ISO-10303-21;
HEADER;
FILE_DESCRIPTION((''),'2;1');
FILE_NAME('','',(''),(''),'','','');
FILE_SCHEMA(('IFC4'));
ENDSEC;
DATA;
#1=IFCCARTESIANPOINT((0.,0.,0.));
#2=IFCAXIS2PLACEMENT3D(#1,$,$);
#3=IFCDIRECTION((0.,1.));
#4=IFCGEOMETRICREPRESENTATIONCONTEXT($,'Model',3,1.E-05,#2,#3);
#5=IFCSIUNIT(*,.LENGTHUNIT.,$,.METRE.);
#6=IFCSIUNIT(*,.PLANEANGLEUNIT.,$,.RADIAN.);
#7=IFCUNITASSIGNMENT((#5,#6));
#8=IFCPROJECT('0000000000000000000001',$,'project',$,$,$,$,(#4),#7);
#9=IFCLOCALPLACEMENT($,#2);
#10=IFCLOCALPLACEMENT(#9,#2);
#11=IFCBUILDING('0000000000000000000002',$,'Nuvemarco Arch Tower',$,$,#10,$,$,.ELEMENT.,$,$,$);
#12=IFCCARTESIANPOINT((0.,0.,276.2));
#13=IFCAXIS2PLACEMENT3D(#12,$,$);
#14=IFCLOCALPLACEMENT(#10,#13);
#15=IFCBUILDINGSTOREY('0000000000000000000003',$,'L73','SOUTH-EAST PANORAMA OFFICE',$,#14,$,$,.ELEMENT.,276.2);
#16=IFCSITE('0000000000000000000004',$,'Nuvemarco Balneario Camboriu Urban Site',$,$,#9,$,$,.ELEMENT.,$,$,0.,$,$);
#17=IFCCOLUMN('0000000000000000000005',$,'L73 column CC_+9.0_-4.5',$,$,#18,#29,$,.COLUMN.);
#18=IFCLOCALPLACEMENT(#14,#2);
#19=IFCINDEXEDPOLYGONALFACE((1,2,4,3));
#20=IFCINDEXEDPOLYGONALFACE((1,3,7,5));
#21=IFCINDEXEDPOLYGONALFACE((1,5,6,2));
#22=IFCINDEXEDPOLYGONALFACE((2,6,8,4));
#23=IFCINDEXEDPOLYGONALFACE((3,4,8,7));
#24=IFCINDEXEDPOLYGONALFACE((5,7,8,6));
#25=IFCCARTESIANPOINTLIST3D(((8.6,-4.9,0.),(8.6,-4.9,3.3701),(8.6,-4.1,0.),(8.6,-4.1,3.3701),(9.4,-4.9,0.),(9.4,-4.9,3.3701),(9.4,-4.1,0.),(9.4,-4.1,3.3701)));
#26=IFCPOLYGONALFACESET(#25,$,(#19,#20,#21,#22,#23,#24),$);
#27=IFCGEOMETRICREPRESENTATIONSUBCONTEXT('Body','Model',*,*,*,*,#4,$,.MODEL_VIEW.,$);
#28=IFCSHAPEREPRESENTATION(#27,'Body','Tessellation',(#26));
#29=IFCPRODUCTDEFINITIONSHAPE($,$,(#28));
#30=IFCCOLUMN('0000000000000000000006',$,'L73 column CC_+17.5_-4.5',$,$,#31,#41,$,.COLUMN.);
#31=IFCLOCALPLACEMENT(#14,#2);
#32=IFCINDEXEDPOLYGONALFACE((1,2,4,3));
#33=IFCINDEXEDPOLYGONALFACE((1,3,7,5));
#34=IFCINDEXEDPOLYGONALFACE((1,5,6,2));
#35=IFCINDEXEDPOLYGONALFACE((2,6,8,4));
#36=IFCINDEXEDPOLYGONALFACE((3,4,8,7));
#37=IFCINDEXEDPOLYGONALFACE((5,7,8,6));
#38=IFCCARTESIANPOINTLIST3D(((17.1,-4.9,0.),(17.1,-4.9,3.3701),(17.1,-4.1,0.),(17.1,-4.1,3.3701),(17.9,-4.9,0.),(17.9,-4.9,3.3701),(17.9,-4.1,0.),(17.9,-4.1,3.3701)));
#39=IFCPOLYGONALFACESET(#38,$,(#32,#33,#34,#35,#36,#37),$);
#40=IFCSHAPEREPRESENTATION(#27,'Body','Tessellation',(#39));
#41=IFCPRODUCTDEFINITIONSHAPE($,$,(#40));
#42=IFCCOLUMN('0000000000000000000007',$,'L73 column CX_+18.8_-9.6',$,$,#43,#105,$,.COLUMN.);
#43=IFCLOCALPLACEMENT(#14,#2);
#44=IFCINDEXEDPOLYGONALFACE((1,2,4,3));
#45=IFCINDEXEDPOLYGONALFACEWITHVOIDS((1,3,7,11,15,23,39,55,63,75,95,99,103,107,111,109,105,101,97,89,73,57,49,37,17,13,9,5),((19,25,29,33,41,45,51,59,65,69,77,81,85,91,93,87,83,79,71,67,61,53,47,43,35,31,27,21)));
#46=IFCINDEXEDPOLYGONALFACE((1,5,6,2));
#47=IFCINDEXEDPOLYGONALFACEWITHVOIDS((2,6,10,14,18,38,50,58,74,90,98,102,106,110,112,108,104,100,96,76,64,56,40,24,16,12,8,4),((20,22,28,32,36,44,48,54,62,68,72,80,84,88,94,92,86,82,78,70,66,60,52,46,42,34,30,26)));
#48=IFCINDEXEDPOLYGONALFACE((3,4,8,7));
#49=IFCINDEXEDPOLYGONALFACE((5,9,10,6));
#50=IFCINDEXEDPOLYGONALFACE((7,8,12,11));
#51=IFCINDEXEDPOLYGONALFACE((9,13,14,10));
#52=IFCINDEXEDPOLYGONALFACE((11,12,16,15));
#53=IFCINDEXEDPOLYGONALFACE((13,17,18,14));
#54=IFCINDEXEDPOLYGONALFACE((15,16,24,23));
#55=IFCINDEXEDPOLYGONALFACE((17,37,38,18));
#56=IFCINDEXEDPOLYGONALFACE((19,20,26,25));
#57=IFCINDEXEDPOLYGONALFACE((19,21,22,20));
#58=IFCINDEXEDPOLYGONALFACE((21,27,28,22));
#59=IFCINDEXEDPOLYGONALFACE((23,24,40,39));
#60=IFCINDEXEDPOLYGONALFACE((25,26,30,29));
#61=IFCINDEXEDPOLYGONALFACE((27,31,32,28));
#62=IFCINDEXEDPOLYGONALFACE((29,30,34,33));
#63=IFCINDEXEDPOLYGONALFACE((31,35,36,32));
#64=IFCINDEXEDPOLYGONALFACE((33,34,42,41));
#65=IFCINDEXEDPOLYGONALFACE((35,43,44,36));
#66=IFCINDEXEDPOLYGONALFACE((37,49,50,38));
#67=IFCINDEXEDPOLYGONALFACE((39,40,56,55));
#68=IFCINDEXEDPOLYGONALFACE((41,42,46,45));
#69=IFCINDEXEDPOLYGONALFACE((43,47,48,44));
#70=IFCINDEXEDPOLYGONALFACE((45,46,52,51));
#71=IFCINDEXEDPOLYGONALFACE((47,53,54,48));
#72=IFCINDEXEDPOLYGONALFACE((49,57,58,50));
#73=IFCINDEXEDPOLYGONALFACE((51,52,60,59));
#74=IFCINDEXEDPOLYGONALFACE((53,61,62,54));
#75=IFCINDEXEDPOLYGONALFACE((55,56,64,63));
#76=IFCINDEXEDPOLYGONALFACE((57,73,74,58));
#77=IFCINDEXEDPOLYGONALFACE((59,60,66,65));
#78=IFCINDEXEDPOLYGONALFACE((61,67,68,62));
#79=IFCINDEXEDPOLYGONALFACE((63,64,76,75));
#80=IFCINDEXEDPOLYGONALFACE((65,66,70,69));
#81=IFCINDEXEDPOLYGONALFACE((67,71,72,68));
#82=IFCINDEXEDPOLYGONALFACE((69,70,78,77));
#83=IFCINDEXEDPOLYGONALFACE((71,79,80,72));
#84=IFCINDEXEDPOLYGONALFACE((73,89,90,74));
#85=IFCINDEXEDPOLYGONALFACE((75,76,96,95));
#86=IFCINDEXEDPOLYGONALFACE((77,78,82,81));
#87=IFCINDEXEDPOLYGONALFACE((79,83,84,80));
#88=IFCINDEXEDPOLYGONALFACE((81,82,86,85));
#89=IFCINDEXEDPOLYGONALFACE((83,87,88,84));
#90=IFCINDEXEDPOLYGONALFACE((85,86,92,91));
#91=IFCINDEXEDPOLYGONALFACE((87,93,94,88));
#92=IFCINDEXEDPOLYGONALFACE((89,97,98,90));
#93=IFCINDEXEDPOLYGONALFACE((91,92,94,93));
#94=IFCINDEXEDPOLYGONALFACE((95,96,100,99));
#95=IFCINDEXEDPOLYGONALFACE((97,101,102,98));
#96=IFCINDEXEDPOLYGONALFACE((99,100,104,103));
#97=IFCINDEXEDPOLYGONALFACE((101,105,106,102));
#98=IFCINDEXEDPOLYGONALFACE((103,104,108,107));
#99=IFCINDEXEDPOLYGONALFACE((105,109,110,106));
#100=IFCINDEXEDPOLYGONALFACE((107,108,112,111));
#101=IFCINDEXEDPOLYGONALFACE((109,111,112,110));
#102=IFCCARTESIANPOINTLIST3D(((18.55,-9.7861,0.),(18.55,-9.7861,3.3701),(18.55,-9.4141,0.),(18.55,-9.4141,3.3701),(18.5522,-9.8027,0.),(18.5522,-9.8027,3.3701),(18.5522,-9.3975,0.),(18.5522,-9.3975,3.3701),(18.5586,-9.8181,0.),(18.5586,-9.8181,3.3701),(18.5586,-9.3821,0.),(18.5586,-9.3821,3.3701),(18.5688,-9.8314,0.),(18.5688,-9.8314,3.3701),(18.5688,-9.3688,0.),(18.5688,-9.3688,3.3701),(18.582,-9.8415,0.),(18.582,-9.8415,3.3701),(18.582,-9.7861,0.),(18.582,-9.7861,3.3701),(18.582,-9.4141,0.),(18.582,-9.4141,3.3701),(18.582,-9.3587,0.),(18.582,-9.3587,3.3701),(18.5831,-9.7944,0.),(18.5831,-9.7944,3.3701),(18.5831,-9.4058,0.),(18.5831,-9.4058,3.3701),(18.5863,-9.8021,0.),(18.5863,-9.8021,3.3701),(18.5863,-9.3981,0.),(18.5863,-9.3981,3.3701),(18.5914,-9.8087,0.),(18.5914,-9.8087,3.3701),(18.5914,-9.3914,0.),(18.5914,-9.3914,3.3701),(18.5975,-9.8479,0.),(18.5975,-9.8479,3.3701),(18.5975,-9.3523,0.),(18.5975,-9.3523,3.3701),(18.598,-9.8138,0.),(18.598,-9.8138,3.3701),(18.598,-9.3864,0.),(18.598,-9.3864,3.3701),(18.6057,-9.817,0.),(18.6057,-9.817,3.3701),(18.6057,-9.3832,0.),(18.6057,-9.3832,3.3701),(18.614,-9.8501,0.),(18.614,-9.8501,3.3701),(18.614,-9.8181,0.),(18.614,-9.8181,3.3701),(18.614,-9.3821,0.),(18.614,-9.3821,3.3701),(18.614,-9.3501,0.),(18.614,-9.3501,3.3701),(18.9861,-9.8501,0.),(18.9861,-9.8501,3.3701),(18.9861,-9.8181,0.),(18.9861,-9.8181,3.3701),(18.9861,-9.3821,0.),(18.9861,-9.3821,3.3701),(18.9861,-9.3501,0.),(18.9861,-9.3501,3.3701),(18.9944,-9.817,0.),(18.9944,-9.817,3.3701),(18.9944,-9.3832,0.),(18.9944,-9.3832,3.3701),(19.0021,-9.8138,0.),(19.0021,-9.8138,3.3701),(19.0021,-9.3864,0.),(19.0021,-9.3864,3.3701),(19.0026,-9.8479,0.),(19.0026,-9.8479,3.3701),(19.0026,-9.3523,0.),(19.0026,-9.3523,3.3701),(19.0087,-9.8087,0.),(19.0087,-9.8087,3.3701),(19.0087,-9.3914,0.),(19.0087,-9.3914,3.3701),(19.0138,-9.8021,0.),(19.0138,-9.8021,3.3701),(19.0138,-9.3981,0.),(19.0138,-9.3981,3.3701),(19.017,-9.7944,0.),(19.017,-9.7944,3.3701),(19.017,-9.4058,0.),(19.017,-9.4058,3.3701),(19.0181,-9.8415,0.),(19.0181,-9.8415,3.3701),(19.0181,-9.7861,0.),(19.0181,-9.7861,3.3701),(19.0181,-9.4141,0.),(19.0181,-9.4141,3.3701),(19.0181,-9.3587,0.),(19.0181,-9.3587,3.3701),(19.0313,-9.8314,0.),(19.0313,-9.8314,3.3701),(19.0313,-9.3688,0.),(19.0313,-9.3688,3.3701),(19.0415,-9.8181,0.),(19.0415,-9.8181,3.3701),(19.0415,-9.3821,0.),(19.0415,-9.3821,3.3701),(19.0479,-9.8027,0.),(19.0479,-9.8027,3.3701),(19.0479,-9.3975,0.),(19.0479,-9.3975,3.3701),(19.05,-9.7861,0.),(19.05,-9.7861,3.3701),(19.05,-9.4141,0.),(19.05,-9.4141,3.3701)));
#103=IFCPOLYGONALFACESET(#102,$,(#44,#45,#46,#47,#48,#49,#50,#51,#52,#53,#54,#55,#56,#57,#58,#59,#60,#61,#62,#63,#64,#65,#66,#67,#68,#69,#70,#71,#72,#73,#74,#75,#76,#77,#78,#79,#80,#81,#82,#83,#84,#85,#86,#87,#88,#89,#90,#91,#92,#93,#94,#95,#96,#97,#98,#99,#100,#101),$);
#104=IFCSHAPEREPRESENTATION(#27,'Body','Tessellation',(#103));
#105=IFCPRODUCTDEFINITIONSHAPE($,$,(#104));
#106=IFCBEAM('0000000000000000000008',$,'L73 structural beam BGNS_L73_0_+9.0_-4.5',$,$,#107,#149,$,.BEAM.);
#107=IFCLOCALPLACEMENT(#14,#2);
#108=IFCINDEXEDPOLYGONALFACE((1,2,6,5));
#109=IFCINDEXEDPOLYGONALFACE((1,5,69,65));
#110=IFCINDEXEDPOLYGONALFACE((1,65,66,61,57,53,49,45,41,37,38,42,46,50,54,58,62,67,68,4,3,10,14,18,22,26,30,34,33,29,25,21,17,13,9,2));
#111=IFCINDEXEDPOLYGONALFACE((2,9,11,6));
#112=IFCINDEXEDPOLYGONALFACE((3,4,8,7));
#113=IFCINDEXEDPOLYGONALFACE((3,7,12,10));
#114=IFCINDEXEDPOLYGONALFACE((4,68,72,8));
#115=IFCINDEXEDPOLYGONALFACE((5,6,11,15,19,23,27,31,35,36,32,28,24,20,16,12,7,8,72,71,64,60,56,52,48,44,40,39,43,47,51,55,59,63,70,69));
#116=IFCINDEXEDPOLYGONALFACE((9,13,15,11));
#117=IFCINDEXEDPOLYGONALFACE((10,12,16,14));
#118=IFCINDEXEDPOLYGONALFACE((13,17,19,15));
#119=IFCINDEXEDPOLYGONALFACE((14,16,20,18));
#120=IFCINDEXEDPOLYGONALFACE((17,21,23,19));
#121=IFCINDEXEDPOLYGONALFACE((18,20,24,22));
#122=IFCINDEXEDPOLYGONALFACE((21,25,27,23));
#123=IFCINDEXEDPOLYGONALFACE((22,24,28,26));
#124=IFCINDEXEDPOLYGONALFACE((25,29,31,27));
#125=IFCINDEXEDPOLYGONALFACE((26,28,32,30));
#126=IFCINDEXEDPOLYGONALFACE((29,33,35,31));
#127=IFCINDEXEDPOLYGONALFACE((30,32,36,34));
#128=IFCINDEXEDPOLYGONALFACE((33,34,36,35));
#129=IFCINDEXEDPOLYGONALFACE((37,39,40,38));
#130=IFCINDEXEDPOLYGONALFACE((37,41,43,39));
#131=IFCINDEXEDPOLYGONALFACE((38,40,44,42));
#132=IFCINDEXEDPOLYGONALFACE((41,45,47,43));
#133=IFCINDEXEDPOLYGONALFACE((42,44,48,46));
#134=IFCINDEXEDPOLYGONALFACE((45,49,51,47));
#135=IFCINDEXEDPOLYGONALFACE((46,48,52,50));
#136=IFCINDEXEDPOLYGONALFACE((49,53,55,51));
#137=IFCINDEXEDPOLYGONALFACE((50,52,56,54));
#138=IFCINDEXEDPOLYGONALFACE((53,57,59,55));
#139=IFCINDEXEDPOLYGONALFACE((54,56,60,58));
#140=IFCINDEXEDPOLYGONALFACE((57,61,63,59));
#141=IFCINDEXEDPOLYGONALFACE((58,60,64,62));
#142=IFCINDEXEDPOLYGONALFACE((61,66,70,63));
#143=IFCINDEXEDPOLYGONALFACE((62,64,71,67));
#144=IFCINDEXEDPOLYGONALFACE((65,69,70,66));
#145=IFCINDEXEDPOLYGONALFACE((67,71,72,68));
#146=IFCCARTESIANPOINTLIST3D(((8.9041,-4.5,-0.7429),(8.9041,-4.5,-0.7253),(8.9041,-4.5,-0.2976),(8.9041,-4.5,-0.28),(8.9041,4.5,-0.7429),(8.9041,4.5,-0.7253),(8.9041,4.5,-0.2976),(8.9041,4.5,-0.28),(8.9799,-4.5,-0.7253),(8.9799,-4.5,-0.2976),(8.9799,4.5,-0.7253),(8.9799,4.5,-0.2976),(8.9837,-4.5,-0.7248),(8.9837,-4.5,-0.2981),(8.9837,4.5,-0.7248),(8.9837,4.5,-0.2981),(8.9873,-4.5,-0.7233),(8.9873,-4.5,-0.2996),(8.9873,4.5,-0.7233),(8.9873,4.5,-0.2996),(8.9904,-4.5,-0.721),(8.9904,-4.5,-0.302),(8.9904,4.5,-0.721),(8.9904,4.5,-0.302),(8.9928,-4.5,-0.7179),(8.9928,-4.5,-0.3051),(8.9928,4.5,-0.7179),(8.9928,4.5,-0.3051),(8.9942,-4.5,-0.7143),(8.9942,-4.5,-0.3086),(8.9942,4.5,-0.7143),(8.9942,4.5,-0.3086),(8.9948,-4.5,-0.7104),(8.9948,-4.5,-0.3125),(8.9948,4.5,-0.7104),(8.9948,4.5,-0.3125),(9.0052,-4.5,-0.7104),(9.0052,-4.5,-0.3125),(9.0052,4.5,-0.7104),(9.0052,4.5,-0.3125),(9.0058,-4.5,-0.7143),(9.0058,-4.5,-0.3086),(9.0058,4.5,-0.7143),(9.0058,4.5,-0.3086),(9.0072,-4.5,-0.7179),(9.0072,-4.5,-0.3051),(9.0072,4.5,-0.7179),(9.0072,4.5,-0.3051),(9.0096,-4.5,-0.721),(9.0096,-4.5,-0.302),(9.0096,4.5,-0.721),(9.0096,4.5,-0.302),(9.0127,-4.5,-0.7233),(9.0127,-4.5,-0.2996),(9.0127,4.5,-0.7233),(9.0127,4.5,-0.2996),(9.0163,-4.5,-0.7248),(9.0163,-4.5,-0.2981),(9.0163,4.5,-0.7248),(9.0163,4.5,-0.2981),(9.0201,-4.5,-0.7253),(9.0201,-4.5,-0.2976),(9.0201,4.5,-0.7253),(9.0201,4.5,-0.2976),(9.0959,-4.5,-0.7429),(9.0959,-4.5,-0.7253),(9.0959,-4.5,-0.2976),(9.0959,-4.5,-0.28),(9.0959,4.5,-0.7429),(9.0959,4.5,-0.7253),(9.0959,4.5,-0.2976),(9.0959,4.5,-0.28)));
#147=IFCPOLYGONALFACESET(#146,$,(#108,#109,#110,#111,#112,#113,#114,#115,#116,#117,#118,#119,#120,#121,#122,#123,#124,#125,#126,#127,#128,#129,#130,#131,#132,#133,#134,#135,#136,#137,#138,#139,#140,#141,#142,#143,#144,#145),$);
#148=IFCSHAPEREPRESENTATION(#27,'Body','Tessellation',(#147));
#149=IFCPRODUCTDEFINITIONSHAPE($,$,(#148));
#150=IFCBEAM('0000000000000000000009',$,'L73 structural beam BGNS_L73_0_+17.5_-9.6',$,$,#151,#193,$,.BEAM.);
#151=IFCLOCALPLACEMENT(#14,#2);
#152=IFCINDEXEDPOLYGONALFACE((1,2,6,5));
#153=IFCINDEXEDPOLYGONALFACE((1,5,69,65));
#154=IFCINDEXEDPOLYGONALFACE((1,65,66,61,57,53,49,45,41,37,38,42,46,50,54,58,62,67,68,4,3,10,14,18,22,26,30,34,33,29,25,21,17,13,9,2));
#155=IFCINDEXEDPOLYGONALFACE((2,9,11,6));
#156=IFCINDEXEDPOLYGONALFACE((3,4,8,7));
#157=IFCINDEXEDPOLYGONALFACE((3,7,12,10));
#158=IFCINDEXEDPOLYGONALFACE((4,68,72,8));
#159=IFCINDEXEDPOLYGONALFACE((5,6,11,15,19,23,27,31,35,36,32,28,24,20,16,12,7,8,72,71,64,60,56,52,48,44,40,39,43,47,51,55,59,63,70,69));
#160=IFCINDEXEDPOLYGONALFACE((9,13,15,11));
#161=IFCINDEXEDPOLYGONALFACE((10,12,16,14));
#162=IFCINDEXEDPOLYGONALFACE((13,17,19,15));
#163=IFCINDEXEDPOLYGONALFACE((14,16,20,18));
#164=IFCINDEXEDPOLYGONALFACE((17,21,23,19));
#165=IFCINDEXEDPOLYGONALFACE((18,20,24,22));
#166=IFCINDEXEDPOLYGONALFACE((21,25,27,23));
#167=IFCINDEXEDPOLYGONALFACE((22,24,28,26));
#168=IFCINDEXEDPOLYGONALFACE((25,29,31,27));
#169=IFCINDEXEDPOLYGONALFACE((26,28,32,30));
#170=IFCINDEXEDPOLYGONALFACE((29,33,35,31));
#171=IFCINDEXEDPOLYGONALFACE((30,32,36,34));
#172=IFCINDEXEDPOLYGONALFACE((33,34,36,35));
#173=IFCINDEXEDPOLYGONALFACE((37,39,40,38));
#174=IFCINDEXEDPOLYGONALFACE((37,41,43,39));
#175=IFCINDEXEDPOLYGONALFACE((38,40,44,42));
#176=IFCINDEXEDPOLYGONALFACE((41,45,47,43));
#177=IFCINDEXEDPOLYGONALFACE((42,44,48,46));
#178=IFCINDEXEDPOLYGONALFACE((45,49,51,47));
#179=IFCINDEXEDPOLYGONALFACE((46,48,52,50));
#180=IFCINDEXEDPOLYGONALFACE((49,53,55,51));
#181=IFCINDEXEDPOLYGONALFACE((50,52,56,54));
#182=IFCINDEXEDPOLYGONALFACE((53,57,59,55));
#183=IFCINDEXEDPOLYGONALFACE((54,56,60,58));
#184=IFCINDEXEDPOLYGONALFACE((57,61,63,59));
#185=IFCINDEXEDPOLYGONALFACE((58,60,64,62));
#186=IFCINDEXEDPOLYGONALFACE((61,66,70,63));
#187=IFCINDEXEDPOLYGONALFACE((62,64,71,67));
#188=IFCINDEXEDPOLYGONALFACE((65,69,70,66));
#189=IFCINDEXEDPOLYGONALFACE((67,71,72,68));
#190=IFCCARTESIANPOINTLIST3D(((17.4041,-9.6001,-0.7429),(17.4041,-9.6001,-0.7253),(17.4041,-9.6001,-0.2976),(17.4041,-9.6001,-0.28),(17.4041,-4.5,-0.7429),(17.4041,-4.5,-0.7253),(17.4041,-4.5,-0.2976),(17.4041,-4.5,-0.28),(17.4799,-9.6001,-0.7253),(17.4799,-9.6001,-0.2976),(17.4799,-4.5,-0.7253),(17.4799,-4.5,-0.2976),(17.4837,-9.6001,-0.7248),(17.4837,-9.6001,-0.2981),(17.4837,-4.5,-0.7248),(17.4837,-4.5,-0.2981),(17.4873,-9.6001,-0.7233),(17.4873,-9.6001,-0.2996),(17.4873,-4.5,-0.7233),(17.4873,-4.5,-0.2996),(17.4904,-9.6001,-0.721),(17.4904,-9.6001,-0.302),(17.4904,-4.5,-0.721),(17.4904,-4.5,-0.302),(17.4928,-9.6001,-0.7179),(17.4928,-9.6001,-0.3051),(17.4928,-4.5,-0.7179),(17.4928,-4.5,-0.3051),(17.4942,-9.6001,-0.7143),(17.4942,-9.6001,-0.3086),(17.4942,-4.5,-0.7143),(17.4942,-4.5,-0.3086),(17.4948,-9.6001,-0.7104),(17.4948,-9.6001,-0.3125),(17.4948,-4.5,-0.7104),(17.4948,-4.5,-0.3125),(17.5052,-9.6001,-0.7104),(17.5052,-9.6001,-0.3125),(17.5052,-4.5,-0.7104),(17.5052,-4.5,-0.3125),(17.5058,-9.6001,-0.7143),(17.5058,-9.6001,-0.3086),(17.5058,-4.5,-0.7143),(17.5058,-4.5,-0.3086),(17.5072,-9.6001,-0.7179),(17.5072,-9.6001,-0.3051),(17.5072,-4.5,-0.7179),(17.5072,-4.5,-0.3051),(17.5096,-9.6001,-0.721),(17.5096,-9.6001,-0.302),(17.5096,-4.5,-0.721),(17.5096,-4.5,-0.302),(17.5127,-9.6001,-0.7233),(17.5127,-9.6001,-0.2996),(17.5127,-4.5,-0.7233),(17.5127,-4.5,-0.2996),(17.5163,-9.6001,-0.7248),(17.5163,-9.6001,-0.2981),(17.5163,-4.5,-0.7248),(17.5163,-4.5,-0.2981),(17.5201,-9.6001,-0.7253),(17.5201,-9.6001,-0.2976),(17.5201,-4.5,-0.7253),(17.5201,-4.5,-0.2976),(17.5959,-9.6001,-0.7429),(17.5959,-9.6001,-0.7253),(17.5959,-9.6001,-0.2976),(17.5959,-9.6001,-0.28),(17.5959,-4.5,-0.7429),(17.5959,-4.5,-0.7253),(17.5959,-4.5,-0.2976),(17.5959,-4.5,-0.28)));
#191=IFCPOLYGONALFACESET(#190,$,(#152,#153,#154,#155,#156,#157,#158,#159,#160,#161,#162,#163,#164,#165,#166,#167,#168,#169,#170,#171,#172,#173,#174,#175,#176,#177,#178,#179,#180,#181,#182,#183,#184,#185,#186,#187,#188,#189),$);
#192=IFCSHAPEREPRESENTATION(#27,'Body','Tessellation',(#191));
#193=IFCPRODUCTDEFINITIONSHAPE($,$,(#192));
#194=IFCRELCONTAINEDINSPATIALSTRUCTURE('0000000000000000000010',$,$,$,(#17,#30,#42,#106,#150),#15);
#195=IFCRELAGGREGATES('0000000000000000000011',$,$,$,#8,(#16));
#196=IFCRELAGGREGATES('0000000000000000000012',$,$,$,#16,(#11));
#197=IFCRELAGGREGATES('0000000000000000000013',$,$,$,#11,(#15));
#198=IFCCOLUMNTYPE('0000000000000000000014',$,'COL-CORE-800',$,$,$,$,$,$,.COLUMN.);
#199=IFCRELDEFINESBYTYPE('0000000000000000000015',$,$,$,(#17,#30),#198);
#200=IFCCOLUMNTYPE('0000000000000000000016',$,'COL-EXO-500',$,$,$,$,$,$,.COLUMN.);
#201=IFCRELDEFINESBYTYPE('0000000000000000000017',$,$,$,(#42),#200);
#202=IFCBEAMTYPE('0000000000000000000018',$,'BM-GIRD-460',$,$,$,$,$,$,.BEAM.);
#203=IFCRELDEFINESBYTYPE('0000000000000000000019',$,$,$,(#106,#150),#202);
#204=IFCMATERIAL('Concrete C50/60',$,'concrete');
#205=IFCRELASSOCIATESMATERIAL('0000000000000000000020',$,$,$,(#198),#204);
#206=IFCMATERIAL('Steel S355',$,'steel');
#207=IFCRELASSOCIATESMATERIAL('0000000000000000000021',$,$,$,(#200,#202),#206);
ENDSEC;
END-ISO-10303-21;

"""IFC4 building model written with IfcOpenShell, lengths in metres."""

from ifc_helpers import new_model, si_unit, direction, frame, origin, origin_2d, place, context, subcontext, project, spatial, rectangle, hollow_rectangle, i_section, extrude, material, material_profile, profile_set, type_object, element, save


model = new_model("IFC4")

# Units and contexts
model_context = context("Model", 3, precision=1e-05, world=origin(), true_north=direction((0.0, 1.0)))
body_context = subcontext(model_context, "Body", "Model", "MODEL_VIEW")
ifc_project = project(units=[si_unit("LENGTHUNIT", "METRE"), si_unit("PLANEANGLEUNIT", "RADIAN")], contexts=[model_context])

# Site, building, storey
site_placement = place(None, origin())
site = spatial("IfcSite", under=ifc_project, at=site_placement, Name="Nuvemarco Balneario Camboriu Urban Site", CompositionType="ELEMENT", RefElevation=0.0)
building_placement = place(site_placement, origin())
building = spatial("IfcBuilding", under=site, at=building_placement, Name="Nuvemarco Arch Tower", CompositionType="ELEMENT")
storey_placement = place(building_placement, frame((0.0, 0.0, 276.2)))
storey = spatial("IfcBuildingStorey", under=building, at=storey_placement, Name="L73", Description="SOUTH-EAST PANORAMA OFFICE", CompositionType="ELEMENT", Elevation=276.2)

# Columns
ifc_material_1 = material(Name="Concrete C50/60", Category="concrete")
ifc_material_profile_1 = material_profile(ifc_material_1, rectangle(XDim=0.8, YDim=0.8, at=origin_2d()), Name="RC-COL-800x800")
ifc_profile_set_1 = profile_set([ifc_material_profile_1], Name="Concrete C50/60")
column_type_1 = type_object("IfcColumnType", Name="COL-CORE-800", PredefinedType="COLUMN", material=ifc_profile_set_1)
for number, where, z_axis, x_axis, name in (
    (1, (9.0, -4.5, 0.0), (0.0, 0.0, 1.0), (1.0, 0.0, 0.0), "L73 column CC_+9.0_-4.5"),
    (2, (17.5, -4.5, 0.0), (0.0, 0.0, 1.0), (1.0, 0.0, 0.0), "L73 column CC_+17.5_-4.5"),
):
    element("IfcColumn", number, at=place(storey_placement, frame(where, z_axis=z_axis, x_axis=x_axis)), inside=storey, type_object=column_type_1, Name=name, PredefinedType="COLUMN", context=body_context, shape_type="SweptSolid", body=[
        extrude(rectangle(XDim=0.8, YDim=0.8, at=origin_2d()), origin(), (0.0, 0.0, 1.0), 3.3701),
    ])
ifc_material_2 = material(Name="Steel S355", Category="steel")
ifc_material_profile_2 = material_profile(ifc_material_2, hollow_rectangle(XDim=0.5, YDim=0.5, WallThickness=0.032, InnerFilletRadius=0.032, OuterFilletRadius=0.064, at=origin_2d()), Name="SHS500x500x32")
ifc_profile_set_2 = profile_set([ifc_material_profile_2], Name="Steel S355")
column_type_2 = type_object("IfcColumnType", Name="COL-EXO-500", PredefinedType="COLUMN", material=ifc_profile_set_2)
column_placement = place(storey_placement, frame((18.8, -9.6001, 0.0), z_axis=(0.0, 0.0, 1.0), x_axis=(1.0, 0.0, 0.0)))
element("IfcColumn", 3, at=column_placement, inside=storey, type_object=column_type_2, Name="L73 column CX_+18.8_-9.6", PredefinedType="COLUMN", context=body_context, shape_type="SweptSolid", body=[
    extrude(hollow_rectangle(XDim=0.5, YDim=0.5, WallThickness=0.032, InnerFilletRadius=0.032, OuterFilletRadius=0.064, at=origin_2d()), origin(), (0.0, 0.0, 1.0), 3.3701),
])

# Beams
ifc_material_profile_3 = material_profile(ifc_material_2, i_section(OverallWidth=0.1919, OverallDepth=0.4629, WebThickness=0.0105, FlangeThickness=0.0176, FilletRadius=0.0149, at=origin_2d()), Name="W460x89")
ifc_profile_set_3 = profile_set([ifc_material_profile_3], Name="Steel S355")
beam_type_1 = type_object("IfcBeamType", Name="BM-GIRD-460", PredefinedType="BEAM", material=ifc_profile_set_3)
beam_1_placement = place(storey_placement, frame((9.0, -4.5, -0.5115), z_axis=(0.0, 1.0, 0.0), x_axis=(-1.0, 0.0, 0.0)))
element("IfcBeam", 4, at=beam_1_placement, inside=storey, type_object=beam_type_1, Name="L73 structural beam BGNS_L73_0_+9.0_-4.5", PredefinedType="BEAM", context=body_context, shape_type="SweptSolid", body=[
    extrude(i_section(OverallWidth=0.1919, OverallDepth=0.4629, WebThickness=0.0105, FlangeThickness=0.0176, FilletRadius=0.0149, at=origin_2d()), origin(), (0.0, 0.0, 1.0), 9.0),
])
beam_2_placement = place(storey_placement, frame((17.5, -9.6001, -0.5115), z_axis=(0.0, 1.0, 0.0), x_axis=(-1.0, 0.0, 0.0)))
element("IfcBeam", 5, at=beam_2_placement, inside=storey, type_object=beam_type_1, Name="L73 structural beam BGNS_L73_0_+17.5_-9.6", PredefinedType="BEAM", context=body_context, shape_type="SweptSolid", body=[
    extrude(i_section(OverallWidth=0.1919, OverallDepth=0.4629, WebThickness=0.0105, FlangeThickness=0.0176, FilletRadius=0.0149, at=origin_2d()), origin(), (0.0, 0.0, 1.0), 5.1001),
])

save(model, "model.ifc")
